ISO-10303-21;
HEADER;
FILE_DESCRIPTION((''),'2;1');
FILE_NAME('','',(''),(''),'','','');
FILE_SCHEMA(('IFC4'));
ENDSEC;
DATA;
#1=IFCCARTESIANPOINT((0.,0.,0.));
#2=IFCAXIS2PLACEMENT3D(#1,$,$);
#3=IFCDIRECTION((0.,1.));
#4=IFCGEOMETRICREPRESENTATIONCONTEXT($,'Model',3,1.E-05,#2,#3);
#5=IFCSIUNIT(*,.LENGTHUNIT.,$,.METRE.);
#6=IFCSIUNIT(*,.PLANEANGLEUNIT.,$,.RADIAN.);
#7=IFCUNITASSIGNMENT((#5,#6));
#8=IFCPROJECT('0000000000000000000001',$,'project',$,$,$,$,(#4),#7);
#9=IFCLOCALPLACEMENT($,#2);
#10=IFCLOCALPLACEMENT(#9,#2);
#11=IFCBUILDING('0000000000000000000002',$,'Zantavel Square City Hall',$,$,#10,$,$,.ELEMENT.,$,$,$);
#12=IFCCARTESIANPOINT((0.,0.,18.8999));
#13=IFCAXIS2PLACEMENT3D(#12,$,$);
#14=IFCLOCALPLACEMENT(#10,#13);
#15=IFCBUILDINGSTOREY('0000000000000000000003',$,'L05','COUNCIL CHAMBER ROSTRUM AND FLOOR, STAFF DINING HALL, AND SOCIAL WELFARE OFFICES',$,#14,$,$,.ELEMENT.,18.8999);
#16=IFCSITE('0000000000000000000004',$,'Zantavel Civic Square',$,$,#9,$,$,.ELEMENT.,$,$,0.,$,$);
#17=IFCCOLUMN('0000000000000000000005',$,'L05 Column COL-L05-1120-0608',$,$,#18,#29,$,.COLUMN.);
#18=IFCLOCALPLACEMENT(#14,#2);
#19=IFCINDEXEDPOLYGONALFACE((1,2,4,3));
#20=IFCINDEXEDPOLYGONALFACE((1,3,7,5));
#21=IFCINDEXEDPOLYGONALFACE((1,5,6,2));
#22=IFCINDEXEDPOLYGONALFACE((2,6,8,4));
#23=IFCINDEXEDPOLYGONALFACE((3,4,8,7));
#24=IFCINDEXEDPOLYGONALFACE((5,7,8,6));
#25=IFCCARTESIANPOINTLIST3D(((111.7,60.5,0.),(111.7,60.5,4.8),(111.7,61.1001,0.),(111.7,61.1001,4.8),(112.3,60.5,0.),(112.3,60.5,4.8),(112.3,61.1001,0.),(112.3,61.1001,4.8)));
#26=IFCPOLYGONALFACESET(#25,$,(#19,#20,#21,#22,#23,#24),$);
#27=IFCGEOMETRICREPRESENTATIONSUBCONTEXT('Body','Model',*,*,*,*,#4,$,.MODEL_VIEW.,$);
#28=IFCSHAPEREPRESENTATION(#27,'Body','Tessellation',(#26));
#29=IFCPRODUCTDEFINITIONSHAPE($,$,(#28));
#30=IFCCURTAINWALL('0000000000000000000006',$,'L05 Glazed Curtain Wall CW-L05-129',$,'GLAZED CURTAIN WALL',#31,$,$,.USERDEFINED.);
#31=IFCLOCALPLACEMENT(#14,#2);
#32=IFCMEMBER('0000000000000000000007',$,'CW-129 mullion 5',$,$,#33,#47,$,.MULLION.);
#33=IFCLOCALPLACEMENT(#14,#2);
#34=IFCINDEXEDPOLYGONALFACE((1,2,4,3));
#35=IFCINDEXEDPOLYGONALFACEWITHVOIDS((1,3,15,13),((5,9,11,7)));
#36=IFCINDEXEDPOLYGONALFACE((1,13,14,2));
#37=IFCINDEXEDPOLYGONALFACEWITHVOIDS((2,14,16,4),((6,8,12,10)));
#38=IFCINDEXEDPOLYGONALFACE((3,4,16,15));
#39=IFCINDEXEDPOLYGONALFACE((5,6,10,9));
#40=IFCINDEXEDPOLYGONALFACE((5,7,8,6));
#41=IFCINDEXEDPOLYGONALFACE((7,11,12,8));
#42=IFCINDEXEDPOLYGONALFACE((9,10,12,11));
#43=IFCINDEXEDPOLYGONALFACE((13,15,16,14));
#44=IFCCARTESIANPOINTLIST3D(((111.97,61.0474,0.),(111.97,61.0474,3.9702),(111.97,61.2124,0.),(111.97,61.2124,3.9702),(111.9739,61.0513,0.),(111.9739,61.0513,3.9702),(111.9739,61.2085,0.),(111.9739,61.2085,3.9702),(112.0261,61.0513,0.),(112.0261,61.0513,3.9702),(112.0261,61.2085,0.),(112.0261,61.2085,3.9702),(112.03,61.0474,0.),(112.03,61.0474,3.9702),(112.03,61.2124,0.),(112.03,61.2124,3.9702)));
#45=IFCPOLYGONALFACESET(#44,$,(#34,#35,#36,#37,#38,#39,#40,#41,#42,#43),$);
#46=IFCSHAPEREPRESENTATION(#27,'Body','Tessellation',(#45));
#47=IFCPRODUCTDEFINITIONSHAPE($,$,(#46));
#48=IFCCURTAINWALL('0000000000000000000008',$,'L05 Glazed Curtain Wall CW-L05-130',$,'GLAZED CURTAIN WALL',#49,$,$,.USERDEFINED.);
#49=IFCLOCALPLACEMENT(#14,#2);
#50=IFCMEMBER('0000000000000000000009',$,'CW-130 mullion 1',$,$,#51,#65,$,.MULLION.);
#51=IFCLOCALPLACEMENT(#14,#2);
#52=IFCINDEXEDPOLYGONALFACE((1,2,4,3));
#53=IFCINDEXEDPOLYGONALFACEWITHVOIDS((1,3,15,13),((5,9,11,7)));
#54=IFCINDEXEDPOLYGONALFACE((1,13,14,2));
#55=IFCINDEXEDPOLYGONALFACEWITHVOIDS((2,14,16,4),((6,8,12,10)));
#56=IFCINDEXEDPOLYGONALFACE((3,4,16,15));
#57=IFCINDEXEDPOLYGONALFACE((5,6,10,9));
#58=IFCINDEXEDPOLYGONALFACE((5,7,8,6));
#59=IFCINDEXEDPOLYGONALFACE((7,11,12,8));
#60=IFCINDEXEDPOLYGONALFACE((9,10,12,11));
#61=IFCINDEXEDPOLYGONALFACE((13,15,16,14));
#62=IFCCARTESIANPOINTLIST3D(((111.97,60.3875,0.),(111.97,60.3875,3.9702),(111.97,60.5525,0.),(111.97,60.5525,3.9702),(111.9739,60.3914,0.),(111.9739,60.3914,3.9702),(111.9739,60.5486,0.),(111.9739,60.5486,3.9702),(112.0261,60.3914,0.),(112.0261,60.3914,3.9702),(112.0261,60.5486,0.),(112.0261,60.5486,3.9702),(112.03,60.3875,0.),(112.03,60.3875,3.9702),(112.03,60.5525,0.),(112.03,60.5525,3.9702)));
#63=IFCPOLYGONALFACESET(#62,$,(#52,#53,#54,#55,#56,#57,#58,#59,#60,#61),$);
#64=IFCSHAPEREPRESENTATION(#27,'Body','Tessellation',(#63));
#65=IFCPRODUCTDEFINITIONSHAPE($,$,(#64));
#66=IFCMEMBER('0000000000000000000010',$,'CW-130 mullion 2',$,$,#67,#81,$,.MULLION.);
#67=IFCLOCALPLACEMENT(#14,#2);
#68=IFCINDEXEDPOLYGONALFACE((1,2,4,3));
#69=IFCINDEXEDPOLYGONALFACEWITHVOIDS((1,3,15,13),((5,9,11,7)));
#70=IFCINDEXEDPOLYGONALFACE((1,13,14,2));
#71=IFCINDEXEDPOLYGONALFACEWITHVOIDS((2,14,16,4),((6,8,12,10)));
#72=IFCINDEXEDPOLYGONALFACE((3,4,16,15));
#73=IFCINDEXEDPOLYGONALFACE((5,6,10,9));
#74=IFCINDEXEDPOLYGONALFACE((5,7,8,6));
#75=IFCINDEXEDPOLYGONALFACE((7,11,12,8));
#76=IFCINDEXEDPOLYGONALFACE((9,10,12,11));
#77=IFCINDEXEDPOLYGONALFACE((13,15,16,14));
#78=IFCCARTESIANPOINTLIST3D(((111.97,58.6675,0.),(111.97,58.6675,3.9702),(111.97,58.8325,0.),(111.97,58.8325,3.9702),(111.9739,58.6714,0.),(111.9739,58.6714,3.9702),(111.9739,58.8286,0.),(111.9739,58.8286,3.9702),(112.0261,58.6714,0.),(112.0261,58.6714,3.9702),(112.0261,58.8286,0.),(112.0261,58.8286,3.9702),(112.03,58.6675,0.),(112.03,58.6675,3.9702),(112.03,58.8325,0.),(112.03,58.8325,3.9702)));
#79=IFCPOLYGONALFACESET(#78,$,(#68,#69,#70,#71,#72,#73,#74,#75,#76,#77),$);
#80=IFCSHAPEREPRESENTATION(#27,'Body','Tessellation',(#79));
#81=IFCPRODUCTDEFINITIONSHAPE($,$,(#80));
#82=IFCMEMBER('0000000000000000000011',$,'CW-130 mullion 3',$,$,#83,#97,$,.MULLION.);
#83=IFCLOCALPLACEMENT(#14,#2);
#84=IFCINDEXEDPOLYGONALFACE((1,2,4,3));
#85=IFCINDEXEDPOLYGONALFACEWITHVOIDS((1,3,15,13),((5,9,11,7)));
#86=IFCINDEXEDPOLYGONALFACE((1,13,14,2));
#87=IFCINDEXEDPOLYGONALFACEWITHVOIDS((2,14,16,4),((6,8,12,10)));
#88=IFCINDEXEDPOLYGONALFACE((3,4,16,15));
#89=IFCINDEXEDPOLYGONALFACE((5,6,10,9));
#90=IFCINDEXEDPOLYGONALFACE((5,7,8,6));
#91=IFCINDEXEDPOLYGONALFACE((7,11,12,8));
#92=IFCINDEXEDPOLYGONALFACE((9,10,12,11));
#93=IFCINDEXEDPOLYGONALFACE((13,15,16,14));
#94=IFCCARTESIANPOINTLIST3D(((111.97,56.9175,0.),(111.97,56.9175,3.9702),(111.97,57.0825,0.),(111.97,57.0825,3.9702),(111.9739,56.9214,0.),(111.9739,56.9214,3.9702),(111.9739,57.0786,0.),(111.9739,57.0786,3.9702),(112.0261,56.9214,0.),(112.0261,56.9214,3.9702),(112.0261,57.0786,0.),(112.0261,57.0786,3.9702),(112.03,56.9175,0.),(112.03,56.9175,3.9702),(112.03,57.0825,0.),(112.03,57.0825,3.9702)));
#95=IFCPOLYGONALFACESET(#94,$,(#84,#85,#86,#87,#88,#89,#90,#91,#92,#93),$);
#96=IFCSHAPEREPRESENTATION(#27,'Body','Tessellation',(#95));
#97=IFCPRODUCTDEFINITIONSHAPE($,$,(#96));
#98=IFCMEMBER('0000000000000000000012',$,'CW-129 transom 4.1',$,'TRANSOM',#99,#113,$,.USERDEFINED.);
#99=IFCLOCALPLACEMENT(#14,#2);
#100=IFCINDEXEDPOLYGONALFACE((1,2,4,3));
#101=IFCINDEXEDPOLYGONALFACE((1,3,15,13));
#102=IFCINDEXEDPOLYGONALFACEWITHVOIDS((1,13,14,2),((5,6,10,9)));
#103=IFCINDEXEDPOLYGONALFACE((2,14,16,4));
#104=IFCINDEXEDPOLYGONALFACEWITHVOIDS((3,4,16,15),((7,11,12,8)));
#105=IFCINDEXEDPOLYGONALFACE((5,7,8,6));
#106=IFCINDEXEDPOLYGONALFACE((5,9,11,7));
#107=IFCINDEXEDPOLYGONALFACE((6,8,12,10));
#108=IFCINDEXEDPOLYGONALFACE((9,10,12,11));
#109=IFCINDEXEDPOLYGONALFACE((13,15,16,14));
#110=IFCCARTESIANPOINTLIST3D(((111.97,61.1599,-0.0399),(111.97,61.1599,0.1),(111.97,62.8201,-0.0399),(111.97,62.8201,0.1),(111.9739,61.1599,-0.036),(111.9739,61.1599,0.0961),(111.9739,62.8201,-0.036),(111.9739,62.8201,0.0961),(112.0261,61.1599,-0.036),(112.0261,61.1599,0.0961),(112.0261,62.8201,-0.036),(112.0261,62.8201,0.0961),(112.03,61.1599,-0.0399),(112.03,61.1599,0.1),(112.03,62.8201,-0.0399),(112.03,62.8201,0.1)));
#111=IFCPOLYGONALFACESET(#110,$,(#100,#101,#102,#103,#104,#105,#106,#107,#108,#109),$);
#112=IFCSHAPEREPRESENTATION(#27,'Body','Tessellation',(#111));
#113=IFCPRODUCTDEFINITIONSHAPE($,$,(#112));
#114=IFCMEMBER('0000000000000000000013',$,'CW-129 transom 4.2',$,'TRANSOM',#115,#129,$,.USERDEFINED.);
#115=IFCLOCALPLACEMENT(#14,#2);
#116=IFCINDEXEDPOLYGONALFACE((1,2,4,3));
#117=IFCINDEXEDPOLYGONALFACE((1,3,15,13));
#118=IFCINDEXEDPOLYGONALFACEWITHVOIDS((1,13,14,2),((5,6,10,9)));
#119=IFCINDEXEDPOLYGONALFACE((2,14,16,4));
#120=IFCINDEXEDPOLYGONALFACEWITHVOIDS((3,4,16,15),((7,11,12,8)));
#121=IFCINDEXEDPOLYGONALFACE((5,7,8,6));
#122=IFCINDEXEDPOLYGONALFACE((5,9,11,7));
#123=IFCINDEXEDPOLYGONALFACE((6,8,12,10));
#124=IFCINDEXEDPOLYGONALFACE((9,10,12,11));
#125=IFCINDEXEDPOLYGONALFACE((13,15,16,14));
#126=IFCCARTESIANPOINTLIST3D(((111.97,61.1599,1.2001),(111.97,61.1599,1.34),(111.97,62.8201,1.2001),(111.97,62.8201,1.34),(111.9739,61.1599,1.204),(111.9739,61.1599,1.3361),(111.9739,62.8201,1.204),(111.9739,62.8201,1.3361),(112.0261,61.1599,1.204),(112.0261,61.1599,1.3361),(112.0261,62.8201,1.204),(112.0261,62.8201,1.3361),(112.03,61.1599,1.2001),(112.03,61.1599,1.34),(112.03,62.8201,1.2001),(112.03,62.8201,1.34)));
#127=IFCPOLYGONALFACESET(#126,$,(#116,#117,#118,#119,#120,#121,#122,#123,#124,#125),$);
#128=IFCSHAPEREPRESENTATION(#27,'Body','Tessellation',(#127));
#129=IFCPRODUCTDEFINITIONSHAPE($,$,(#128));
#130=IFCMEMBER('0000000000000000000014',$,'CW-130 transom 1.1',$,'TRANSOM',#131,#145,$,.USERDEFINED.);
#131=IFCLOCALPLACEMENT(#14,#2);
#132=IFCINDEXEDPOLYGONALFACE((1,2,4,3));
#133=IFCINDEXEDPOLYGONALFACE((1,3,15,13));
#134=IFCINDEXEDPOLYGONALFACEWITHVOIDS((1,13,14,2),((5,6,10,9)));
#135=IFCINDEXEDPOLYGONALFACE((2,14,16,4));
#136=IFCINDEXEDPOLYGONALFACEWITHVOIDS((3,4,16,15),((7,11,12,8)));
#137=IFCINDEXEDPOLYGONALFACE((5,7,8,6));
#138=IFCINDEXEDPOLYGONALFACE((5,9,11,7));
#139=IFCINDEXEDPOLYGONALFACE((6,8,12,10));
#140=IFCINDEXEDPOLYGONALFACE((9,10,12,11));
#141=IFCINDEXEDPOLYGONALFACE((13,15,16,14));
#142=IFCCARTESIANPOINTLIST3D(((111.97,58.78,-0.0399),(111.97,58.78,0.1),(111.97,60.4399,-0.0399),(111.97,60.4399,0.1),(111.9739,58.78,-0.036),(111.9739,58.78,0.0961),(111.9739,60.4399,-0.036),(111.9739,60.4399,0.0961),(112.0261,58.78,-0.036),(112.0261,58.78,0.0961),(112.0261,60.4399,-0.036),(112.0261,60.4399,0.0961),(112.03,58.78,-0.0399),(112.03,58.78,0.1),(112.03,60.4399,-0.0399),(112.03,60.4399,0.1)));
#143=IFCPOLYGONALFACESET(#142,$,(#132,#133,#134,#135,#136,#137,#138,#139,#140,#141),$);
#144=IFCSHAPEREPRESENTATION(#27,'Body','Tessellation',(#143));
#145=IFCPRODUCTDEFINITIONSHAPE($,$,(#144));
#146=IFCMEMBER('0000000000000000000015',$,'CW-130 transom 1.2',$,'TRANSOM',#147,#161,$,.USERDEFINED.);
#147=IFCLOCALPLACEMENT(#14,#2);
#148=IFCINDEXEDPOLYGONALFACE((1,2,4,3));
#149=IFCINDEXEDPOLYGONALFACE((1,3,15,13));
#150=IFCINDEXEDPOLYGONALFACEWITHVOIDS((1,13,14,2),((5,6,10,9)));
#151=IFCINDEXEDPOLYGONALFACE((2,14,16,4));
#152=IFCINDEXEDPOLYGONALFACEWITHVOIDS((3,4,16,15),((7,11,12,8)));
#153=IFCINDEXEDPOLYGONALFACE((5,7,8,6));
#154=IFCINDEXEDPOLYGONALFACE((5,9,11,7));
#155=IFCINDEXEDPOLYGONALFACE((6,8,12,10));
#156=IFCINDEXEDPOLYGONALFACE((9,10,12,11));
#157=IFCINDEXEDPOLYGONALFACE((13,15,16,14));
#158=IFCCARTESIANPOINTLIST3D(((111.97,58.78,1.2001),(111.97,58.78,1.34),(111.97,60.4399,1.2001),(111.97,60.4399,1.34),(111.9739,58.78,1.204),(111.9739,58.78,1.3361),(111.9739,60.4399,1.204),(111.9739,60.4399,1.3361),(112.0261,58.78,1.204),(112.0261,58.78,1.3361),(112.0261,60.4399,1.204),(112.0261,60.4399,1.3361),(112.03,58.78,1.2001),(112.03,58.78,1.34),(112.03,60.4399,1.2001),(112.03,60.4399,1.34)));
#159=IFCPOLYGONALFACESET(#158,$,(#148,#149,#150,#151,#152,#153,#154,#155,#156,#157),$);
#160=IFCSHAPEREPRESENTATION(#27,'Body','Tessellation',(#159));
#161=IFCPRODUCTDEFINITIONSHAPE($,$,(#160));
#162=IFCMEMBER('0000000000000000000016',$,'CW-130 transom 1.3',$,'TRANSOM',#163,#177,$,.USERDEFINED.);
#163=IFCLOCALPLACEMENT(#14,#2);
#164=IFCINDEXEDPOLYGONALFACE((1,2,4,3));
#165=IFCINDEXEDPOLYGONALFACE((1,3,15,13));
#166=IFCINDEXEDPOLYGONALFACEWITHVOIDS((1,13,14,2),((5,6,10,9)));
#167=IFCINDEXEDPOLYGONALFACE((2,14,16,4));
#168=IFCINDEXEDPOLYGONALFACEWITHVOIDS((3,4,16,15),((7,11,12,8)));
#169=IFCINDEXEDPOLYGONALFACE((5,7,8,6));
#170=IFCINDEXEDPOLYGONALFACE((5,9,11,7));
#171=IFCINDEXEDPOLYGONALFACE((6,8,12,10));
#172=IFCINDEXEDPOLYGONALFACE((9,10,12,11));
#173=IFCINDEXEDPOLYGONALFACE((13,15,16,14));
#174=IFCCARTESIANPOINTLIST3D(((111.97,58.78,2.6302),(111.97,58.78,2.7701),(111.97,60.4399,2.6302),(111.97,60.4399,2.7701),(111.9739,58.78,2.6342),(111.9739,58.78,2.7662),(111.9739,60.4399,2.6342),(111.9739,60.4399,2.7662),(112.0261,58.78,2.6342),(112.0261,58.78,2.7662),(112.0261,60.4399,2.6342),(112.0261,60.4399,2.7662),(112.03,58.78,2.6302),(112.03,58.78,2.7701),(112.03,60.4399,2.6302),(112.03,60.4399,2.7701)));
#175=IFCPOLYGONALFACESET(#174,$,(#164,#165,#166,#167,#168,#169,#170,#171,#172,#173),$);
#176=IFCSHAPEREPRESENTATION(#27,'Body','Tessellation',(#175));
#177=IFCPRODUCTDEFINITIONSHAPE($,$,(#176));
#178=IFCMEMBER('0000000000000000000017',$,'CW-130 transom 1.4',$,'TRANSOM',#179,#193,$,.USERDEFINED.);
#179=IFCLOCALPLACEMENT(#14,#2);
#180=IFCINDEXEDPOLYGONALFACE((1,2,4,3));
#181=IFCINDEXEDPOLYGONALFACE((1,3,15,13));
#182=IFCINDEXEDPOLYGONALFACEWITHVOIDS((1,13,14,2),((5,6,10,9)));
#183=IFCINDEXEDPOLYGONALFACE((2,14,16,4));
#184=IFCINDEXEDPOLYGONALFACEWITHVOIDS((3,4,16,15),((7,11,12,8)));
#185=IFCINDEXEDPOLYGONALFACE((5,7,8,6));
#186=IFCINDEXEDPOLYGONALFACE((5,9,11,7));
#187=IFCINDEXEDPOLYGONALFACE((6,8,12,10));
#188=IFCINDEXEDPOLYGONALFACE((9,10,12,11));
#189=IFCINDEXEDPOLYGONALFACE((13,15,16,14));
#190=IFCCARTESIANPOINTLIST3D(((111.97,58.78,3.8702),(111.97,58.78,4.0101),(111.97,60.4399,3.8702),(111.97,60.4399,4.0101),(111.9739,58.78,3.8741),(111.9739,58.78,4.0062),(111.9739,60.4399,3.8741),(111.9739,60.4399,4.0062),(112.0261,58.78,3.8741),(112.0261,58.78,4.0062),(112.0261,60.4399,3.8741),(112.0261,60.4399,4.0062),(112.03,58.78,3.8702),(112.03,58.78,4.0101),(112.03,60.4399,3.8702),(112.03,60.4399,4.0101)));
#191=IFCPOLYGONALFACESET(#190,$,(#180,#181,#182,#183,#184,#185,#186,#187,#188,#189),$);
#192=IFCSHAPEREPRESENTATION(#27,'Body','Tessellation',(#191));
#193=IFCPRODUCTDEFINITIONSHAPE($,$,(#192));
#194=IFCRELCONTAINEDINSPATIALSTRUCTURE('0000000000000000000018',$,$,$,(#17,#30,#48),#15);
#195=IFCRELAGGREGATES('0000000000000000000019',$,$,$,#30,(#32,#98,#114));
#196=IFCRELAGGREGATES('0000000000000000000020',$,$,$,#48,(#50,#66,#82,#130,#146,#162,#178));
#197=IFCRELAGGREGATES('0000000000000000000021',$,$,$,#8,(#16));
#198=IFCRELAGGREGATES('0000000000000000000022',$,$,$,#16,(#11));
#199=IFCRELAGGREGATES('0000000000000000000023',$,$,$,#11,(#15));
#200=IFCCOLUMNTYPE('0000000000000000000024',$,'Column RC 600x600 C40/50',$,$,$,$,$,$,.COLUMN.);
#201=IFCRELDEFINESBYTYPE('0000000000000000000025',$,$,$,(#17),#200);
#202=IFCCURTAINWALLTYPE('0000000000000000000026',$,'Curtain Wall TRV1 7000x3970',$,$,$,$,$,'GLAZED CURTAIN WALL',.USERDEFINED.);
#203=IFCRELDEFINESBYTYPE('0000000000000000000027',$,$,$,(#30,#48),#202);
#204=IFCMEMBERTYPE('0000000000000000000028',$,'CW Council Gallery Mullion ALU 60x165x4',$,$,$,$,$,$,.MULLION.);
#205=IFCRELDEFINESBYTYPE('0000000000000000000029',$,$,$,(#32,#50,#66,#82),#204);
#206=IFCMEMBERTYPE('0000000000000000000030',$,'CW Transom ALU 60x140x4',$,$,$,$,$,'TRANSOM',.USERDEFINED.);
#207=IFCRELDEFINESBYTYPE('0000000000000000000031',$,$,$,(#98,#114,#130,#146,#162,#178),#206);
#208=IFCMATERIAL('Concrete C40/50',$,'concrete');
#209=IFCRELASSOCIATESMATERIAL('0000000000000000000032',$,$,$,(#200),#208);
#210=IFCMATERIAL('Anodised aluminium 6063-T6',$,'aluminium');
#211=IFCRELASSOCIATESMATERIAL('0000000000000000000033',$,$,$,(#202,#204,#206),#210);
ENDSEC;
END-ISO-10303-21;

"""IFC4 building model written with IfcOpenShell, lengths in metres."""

from ifc_helpers import new_model, si_unit, direction, frame, origin, origin_2d, place, context, subcontext, project, spatial, rectangle, hollow_rectangle, extrude, material, material_profile, profile_set, type_object, element, aggregate, save


model = new_model("IFC4")

# Units and contexts
model_context = context("Model", 3, precision=1e-05, world=origin(), true_north=direction((0.0, 1.0)))
body_context = subcontext(model_context, "Body", "Model", "MODEL_VIEW")
ifc_project = project(units=[si_unit("LENGTHUNIT", "METRE"), si_unit("PLANEANGLEUNIT", "RADIAN")], contexts=[model_context])

# Site, building, storey
site_placement = place(None, origin())
site = spatial("IfcSite", under=ifc_project, at=site_placement, Name="Zantavel Civic Square", CompositionType="ELEMENT", RefElevation=0.0)
building_placement = place(site_placement, origin())
building = spatial("IfcBuilding", under=site, at=building_placement, Name="Zantavel Square City Hall", CompositionType="ELEMENT")
storey_placement = place(building_placement, frame((0.0, 0.0, 18.8999)))
storey = spatial("IfcBuildingStorey", under=building, at=storey_placement, Name="L05", Description="COUNCIL CHAMBER ROSTRUM AND FLOOR, STAFF DINING HALL, AND SOCIAL WELFARE OFFICES", CompositionType="ELEMENT", Elevation=18.8999)

# Column
ifc_material_1 = material(Name="Concrete C40/50", Category="concrete")
ifc_material_profile_1 = material_profile(ifc_material_1, rectangle(XDim=0.6001, YDim=0.6001, at=origin_2d()), Name="RC 600x600")
ifc_profile_set_1 = profile_set([ifc_material_profile_1], Name="Concrete C40/50")
column_type = type_object("IfcColumnType", Name="Column RC 600x600 C40/50", PredefinedType="COLUMN", material=ifc_profile_set_1)
column_placement = place(storey_placement, frame((112.0, 60.8, 0.0), z_axis=(0.0, 0.0, 1.0), x_axis=(1.0, 0.0, 0.0)))
element("IfcColumn", 1, at=column_placement, inside=storey, type_object=column_type, Name="L05 Column COL-L05-1120-0608", PredefinedType="COLUMN", context=body_context, shape_type="SweptSolid", body=[
    extrude(rectangle(XDim=0.6001, YDim=0.6001, at=origin_2d()), origin(), (0.0, 0.0, 1.0), 4.8),
])

# Curtain wall, member
ifc_material_2 = material(Name="Anodised aluminium 6063-T6", Category="aluminium")
curtain_wall_type = type_object("IfcCurtainWallType", Name="Curtain Wall TRV1 7000x3970", ElementType="GLAZED CURTAIN WALL", PredefinedType="USERDEFINED", material=ifc_material_2)
curtain_wall_1_placement = place(storey_placement, origin())
curtain_wall_1 = element("IfcCurtainWall", 2, at=curtain_wall_1_placement, inside=storey, type_object=curtain_wall_type, Name="L05 Glazed Curtain Wall CW-L05-129", ObjectType="GLAZED CURTAIN WALL", PredefinedType="USERDEFINED")
ifc_material_profile_2 = material_profile(ifc_material_2, hollow_rectangle(XDim=0.0601, YDim=0.165, WallThickness=0.0039, at=origin_2d()), Name="ALU 60x165x4")
ifc_profile_set_2 = profile_set([ifc_material_profile_2], Name="Anodised aluminium 6063-T6")
member_type_1 = type_object("IfcMemberType", Name="CW Council Gallery Mullion ALU 60x165x4", PredefinedType="MULLION", material=ifc_profile_set_2)
member_1_placement = place(storey_placement, frame((112.0, 61.1299, 0.0), z_axis=(0.0, 0.0, 1.0), x_axis=(1.0, 0.0, 0.0)))
member_1 = element("IfcMember", 3, at=member_1_placement, type_object=member_type_1, Name="CW-129 mullion 5", PredefinedType="MULLION", context=body_context, shape_type="SweptSolid", body=[
    extrude(hollow_rectangle(XDim=0.0601, YDim=0.165, WallThickness=0.0039, at=origin_2d()), origin(), (0.0, 0.0, 1.0), 3.9702),
])

# Curtain wall, members
curtain_wall_2_placement = place(storey_placement, origin())
curtain_wall_2 = element("IfcCurtainWall", 4, at=curtain_wall_2_placement, inside=storey, type_object=curtain_wall_type, Name="L05 Glazed Curtain Wall CW-L05-130", ObjectType="GLAZED CURTAIN WALL", PredefinedType="USERDEFINED")
member_2_placement = place(storey_placement, frame((112.0, 60.47, 0.0), z_axis=(0.0, 0.0, 1.0), x_axis=(1.0, 0.0, 0.0)))
member_2 = element("IfcMember", 5, at=member_2_placement, type_object=member_type_1, Name="CW-130 mullion 1", PredefinedType="MULLION", context=body_context, shape_type="SweptSolid", body=[
    extrude(hollow_rectangle(XDim=0.0601, YDim=0.165, WallThickness=0.0039, at=origin_2d()), origin(), (0.0, 0.0, 1.0), 3.9702),
])
member_3_placement = place(storey_placement, frame((112.0, 58.75, 0.0), z_axis=(0.0, 0.0, 1.0), x_axis=(1.0, 0.0, 0.0)))
member_3 = element("IfcMember", 6, at=member_3_placement, type_object=member_type_1, Name="CW-130 mullion 2", PredefinedType="MULLION", context=body_context, shape_type="SweptSolid", body=[
    extrude(hollow_rectangle(XDim=0.0601, YDim=0.165, WallThickness=0.0039, at=origin_2d()), origin(), (0.0, 0.0, 1.0), 3.9702),
])
member_4_placement = place(storey_placement, frame((112.0, 57.0, 0.0), z_axis=(0.0, 0.0, 1.0), x_axis=(1.0, 0.0, 0.0)))
member_4 = element("IfcMember", 7, at=member_4_placement, type_object=member_type_1, Name="CW-130 mullion 3", PredefinedType="MULLION", context=body_context, shape_type="SweptSolid", body=[
    extrude(hollow_rectangle(XDim=0.0601, YDim=0.165, WallThickness=0.0039, at=origin_2d()), origin(), (0.0, 0.0, 1.0), 3.9702),
])

# Members
ifc_material_profile_3 = material_profile(ifc_material_2, hollow_rectangle(XDim=0.0601, YDim=0.1399, WallThickness=0.0039, at=origin_2d()), Name="ALU 60x140x4")
ifc_profile_set_3 = profile_set([ifc_material_profile_3], Name="Anodised aluminium 6063-T6")
member_type_2 = type_object("IfcMemberType", Name="CW Transom ALU 60x140x4", ElementType="TRANSOM", PredefinedType="USERDEFINED", material=ifc_profile_set_3)
member_5_placement = place(storey_placement, frame((112.0, 62.8201, 0.03), z_axis=(0.0, -1.0, 0.0), x_axis=(1.0, 0.0, 0.0)))
member_5 = element("IfcMember", 8, at=member_5_placement, type_object=member_type_2, Name="CW-129 transom 4.1", ObjectType="TRANSOM", PredefinedType="USERDEFINED", context=body_context, shape_type="SweptSolid", body=[
    extrude(hollow_rectangle(XDim=0.0601, YDim=0.1399, WallThickness=0.0039, at=origin_2d()), origin(), (0.0, 0.0, 1.0), 1.6602),
])
member_6_placement = place(storey_placement, frame((112.0, 62.8201, 1.27), z_axis=(0.0, -1.0, 0.0), x_axis=(1.0, 0.0, 0.0)))
member_6 = element("IfcMember", 9, at=member_6_placement, type_object=member_type_2, Name="CW-129 transom 4.2", ObjectType="TRANSOM", PredefinedType="USERDEFINED", context=body_context, shape_type="SweptSolid", body=[
    extrude(hollow_rectangle(XDim=0.0601, YDim=0.1399, WallThickness=0.0039, at=origin_2d()), origin(), (0.0, 0.0, 1.0), 1.6602),
])
member_7_placement = place(storey_placement, frame((112.0, 60.4399, 0.03), z_axis=(0.0, -1.0, 0.0), x_axis=(1.0, 0.0, 0.0)))
member_7 = element("IfcMember", 10, at=member_7_placement, type_object=member_type_2, Name="CW-130 transom 1.1", ObjectType="TRANSOM", PredefinedType="USERDEFINED", context=body_context, shape_type="SweptSolid", body=[
    extrude(hollow_rectangle(XDim=0.0601, YDim=0.1399, WallThickness=0.0039, at=origin_2d()), origin(), (0.0, 0.0, 1.0), 1.6599),
])
member_8_placement = place(storey_placement, frame((112.0, 60.4399, 1.27), z_axis=(0.0, -1.0, 0.0), x_axis=(1.0, 0.0, 0.0)))
member_8 = element("IfcMember", 11, at=member_8_placement, type_object=member_type_2, Name="CW-130 transom 1.2", ObjectType="TRANSOM", PredefinedType="USERDEFINED", context=body_context, shape_type="SweptSolid", body=[
    extrude(hollow_rectangle(XDim=0.0601, YDim=0.1399, WallThickness=0.0039, at=origin_2d()), origin(), (0.0, 0.0, 1.0), 1.6599),
])
member_9_placement = place(storey_placement, frame((112.0, 60.4399, 2.7002), z_axis=(0.0, -1.0, 0.0), x_axis=(1.0, 0.0, 0.0)))
member_9 = element("IfcMember", 12, at=member_9_placement, type_object=member_type_2, Name="CW-130 transom 1.3", ObjectType="TRANSOM", PredefinedType="USERDEFINED", context=body_context, shape_type="SweptSolid", body=[
    extrude(hollow_rectangle(XDim=0.0601, YDim=0.1399, WallThickness=0.0039, at=origin_2d()), origin(), (0.0, 0.0, 1.0), 1.6599),
])
member_10_placement = place(storey_placement, frame((112.0, 60.4399, 3.9402), z_axis=(0.0, -1.0, 0.0), x_axis=(1.0, 0.0, 0.0)))
member_10 = element("IfcMember", 13, at=member_10_placement, type_object=member_type_2, Name="CW-130 transom 1.4", ObjectType="TRANSOM", PredefinedType="USERDEFINED", context=body_context, shape_type="SweptSolid", body=[
    extrude(hollow_rectangle(XDim=0.0601, YDim=0.1399, WallThickness=0.0039, at=origin_2d()), origin(), (0.0, 0.0, 1.0), 1.6599),
])

aggregate(curtain_wall_1, [member_1, member_5, member_6])
aggregate(curtain_wall_2, [member_2, member_3, member_4, member_7, member_8, member_9, member_10])

save(model, "model.ifc")
